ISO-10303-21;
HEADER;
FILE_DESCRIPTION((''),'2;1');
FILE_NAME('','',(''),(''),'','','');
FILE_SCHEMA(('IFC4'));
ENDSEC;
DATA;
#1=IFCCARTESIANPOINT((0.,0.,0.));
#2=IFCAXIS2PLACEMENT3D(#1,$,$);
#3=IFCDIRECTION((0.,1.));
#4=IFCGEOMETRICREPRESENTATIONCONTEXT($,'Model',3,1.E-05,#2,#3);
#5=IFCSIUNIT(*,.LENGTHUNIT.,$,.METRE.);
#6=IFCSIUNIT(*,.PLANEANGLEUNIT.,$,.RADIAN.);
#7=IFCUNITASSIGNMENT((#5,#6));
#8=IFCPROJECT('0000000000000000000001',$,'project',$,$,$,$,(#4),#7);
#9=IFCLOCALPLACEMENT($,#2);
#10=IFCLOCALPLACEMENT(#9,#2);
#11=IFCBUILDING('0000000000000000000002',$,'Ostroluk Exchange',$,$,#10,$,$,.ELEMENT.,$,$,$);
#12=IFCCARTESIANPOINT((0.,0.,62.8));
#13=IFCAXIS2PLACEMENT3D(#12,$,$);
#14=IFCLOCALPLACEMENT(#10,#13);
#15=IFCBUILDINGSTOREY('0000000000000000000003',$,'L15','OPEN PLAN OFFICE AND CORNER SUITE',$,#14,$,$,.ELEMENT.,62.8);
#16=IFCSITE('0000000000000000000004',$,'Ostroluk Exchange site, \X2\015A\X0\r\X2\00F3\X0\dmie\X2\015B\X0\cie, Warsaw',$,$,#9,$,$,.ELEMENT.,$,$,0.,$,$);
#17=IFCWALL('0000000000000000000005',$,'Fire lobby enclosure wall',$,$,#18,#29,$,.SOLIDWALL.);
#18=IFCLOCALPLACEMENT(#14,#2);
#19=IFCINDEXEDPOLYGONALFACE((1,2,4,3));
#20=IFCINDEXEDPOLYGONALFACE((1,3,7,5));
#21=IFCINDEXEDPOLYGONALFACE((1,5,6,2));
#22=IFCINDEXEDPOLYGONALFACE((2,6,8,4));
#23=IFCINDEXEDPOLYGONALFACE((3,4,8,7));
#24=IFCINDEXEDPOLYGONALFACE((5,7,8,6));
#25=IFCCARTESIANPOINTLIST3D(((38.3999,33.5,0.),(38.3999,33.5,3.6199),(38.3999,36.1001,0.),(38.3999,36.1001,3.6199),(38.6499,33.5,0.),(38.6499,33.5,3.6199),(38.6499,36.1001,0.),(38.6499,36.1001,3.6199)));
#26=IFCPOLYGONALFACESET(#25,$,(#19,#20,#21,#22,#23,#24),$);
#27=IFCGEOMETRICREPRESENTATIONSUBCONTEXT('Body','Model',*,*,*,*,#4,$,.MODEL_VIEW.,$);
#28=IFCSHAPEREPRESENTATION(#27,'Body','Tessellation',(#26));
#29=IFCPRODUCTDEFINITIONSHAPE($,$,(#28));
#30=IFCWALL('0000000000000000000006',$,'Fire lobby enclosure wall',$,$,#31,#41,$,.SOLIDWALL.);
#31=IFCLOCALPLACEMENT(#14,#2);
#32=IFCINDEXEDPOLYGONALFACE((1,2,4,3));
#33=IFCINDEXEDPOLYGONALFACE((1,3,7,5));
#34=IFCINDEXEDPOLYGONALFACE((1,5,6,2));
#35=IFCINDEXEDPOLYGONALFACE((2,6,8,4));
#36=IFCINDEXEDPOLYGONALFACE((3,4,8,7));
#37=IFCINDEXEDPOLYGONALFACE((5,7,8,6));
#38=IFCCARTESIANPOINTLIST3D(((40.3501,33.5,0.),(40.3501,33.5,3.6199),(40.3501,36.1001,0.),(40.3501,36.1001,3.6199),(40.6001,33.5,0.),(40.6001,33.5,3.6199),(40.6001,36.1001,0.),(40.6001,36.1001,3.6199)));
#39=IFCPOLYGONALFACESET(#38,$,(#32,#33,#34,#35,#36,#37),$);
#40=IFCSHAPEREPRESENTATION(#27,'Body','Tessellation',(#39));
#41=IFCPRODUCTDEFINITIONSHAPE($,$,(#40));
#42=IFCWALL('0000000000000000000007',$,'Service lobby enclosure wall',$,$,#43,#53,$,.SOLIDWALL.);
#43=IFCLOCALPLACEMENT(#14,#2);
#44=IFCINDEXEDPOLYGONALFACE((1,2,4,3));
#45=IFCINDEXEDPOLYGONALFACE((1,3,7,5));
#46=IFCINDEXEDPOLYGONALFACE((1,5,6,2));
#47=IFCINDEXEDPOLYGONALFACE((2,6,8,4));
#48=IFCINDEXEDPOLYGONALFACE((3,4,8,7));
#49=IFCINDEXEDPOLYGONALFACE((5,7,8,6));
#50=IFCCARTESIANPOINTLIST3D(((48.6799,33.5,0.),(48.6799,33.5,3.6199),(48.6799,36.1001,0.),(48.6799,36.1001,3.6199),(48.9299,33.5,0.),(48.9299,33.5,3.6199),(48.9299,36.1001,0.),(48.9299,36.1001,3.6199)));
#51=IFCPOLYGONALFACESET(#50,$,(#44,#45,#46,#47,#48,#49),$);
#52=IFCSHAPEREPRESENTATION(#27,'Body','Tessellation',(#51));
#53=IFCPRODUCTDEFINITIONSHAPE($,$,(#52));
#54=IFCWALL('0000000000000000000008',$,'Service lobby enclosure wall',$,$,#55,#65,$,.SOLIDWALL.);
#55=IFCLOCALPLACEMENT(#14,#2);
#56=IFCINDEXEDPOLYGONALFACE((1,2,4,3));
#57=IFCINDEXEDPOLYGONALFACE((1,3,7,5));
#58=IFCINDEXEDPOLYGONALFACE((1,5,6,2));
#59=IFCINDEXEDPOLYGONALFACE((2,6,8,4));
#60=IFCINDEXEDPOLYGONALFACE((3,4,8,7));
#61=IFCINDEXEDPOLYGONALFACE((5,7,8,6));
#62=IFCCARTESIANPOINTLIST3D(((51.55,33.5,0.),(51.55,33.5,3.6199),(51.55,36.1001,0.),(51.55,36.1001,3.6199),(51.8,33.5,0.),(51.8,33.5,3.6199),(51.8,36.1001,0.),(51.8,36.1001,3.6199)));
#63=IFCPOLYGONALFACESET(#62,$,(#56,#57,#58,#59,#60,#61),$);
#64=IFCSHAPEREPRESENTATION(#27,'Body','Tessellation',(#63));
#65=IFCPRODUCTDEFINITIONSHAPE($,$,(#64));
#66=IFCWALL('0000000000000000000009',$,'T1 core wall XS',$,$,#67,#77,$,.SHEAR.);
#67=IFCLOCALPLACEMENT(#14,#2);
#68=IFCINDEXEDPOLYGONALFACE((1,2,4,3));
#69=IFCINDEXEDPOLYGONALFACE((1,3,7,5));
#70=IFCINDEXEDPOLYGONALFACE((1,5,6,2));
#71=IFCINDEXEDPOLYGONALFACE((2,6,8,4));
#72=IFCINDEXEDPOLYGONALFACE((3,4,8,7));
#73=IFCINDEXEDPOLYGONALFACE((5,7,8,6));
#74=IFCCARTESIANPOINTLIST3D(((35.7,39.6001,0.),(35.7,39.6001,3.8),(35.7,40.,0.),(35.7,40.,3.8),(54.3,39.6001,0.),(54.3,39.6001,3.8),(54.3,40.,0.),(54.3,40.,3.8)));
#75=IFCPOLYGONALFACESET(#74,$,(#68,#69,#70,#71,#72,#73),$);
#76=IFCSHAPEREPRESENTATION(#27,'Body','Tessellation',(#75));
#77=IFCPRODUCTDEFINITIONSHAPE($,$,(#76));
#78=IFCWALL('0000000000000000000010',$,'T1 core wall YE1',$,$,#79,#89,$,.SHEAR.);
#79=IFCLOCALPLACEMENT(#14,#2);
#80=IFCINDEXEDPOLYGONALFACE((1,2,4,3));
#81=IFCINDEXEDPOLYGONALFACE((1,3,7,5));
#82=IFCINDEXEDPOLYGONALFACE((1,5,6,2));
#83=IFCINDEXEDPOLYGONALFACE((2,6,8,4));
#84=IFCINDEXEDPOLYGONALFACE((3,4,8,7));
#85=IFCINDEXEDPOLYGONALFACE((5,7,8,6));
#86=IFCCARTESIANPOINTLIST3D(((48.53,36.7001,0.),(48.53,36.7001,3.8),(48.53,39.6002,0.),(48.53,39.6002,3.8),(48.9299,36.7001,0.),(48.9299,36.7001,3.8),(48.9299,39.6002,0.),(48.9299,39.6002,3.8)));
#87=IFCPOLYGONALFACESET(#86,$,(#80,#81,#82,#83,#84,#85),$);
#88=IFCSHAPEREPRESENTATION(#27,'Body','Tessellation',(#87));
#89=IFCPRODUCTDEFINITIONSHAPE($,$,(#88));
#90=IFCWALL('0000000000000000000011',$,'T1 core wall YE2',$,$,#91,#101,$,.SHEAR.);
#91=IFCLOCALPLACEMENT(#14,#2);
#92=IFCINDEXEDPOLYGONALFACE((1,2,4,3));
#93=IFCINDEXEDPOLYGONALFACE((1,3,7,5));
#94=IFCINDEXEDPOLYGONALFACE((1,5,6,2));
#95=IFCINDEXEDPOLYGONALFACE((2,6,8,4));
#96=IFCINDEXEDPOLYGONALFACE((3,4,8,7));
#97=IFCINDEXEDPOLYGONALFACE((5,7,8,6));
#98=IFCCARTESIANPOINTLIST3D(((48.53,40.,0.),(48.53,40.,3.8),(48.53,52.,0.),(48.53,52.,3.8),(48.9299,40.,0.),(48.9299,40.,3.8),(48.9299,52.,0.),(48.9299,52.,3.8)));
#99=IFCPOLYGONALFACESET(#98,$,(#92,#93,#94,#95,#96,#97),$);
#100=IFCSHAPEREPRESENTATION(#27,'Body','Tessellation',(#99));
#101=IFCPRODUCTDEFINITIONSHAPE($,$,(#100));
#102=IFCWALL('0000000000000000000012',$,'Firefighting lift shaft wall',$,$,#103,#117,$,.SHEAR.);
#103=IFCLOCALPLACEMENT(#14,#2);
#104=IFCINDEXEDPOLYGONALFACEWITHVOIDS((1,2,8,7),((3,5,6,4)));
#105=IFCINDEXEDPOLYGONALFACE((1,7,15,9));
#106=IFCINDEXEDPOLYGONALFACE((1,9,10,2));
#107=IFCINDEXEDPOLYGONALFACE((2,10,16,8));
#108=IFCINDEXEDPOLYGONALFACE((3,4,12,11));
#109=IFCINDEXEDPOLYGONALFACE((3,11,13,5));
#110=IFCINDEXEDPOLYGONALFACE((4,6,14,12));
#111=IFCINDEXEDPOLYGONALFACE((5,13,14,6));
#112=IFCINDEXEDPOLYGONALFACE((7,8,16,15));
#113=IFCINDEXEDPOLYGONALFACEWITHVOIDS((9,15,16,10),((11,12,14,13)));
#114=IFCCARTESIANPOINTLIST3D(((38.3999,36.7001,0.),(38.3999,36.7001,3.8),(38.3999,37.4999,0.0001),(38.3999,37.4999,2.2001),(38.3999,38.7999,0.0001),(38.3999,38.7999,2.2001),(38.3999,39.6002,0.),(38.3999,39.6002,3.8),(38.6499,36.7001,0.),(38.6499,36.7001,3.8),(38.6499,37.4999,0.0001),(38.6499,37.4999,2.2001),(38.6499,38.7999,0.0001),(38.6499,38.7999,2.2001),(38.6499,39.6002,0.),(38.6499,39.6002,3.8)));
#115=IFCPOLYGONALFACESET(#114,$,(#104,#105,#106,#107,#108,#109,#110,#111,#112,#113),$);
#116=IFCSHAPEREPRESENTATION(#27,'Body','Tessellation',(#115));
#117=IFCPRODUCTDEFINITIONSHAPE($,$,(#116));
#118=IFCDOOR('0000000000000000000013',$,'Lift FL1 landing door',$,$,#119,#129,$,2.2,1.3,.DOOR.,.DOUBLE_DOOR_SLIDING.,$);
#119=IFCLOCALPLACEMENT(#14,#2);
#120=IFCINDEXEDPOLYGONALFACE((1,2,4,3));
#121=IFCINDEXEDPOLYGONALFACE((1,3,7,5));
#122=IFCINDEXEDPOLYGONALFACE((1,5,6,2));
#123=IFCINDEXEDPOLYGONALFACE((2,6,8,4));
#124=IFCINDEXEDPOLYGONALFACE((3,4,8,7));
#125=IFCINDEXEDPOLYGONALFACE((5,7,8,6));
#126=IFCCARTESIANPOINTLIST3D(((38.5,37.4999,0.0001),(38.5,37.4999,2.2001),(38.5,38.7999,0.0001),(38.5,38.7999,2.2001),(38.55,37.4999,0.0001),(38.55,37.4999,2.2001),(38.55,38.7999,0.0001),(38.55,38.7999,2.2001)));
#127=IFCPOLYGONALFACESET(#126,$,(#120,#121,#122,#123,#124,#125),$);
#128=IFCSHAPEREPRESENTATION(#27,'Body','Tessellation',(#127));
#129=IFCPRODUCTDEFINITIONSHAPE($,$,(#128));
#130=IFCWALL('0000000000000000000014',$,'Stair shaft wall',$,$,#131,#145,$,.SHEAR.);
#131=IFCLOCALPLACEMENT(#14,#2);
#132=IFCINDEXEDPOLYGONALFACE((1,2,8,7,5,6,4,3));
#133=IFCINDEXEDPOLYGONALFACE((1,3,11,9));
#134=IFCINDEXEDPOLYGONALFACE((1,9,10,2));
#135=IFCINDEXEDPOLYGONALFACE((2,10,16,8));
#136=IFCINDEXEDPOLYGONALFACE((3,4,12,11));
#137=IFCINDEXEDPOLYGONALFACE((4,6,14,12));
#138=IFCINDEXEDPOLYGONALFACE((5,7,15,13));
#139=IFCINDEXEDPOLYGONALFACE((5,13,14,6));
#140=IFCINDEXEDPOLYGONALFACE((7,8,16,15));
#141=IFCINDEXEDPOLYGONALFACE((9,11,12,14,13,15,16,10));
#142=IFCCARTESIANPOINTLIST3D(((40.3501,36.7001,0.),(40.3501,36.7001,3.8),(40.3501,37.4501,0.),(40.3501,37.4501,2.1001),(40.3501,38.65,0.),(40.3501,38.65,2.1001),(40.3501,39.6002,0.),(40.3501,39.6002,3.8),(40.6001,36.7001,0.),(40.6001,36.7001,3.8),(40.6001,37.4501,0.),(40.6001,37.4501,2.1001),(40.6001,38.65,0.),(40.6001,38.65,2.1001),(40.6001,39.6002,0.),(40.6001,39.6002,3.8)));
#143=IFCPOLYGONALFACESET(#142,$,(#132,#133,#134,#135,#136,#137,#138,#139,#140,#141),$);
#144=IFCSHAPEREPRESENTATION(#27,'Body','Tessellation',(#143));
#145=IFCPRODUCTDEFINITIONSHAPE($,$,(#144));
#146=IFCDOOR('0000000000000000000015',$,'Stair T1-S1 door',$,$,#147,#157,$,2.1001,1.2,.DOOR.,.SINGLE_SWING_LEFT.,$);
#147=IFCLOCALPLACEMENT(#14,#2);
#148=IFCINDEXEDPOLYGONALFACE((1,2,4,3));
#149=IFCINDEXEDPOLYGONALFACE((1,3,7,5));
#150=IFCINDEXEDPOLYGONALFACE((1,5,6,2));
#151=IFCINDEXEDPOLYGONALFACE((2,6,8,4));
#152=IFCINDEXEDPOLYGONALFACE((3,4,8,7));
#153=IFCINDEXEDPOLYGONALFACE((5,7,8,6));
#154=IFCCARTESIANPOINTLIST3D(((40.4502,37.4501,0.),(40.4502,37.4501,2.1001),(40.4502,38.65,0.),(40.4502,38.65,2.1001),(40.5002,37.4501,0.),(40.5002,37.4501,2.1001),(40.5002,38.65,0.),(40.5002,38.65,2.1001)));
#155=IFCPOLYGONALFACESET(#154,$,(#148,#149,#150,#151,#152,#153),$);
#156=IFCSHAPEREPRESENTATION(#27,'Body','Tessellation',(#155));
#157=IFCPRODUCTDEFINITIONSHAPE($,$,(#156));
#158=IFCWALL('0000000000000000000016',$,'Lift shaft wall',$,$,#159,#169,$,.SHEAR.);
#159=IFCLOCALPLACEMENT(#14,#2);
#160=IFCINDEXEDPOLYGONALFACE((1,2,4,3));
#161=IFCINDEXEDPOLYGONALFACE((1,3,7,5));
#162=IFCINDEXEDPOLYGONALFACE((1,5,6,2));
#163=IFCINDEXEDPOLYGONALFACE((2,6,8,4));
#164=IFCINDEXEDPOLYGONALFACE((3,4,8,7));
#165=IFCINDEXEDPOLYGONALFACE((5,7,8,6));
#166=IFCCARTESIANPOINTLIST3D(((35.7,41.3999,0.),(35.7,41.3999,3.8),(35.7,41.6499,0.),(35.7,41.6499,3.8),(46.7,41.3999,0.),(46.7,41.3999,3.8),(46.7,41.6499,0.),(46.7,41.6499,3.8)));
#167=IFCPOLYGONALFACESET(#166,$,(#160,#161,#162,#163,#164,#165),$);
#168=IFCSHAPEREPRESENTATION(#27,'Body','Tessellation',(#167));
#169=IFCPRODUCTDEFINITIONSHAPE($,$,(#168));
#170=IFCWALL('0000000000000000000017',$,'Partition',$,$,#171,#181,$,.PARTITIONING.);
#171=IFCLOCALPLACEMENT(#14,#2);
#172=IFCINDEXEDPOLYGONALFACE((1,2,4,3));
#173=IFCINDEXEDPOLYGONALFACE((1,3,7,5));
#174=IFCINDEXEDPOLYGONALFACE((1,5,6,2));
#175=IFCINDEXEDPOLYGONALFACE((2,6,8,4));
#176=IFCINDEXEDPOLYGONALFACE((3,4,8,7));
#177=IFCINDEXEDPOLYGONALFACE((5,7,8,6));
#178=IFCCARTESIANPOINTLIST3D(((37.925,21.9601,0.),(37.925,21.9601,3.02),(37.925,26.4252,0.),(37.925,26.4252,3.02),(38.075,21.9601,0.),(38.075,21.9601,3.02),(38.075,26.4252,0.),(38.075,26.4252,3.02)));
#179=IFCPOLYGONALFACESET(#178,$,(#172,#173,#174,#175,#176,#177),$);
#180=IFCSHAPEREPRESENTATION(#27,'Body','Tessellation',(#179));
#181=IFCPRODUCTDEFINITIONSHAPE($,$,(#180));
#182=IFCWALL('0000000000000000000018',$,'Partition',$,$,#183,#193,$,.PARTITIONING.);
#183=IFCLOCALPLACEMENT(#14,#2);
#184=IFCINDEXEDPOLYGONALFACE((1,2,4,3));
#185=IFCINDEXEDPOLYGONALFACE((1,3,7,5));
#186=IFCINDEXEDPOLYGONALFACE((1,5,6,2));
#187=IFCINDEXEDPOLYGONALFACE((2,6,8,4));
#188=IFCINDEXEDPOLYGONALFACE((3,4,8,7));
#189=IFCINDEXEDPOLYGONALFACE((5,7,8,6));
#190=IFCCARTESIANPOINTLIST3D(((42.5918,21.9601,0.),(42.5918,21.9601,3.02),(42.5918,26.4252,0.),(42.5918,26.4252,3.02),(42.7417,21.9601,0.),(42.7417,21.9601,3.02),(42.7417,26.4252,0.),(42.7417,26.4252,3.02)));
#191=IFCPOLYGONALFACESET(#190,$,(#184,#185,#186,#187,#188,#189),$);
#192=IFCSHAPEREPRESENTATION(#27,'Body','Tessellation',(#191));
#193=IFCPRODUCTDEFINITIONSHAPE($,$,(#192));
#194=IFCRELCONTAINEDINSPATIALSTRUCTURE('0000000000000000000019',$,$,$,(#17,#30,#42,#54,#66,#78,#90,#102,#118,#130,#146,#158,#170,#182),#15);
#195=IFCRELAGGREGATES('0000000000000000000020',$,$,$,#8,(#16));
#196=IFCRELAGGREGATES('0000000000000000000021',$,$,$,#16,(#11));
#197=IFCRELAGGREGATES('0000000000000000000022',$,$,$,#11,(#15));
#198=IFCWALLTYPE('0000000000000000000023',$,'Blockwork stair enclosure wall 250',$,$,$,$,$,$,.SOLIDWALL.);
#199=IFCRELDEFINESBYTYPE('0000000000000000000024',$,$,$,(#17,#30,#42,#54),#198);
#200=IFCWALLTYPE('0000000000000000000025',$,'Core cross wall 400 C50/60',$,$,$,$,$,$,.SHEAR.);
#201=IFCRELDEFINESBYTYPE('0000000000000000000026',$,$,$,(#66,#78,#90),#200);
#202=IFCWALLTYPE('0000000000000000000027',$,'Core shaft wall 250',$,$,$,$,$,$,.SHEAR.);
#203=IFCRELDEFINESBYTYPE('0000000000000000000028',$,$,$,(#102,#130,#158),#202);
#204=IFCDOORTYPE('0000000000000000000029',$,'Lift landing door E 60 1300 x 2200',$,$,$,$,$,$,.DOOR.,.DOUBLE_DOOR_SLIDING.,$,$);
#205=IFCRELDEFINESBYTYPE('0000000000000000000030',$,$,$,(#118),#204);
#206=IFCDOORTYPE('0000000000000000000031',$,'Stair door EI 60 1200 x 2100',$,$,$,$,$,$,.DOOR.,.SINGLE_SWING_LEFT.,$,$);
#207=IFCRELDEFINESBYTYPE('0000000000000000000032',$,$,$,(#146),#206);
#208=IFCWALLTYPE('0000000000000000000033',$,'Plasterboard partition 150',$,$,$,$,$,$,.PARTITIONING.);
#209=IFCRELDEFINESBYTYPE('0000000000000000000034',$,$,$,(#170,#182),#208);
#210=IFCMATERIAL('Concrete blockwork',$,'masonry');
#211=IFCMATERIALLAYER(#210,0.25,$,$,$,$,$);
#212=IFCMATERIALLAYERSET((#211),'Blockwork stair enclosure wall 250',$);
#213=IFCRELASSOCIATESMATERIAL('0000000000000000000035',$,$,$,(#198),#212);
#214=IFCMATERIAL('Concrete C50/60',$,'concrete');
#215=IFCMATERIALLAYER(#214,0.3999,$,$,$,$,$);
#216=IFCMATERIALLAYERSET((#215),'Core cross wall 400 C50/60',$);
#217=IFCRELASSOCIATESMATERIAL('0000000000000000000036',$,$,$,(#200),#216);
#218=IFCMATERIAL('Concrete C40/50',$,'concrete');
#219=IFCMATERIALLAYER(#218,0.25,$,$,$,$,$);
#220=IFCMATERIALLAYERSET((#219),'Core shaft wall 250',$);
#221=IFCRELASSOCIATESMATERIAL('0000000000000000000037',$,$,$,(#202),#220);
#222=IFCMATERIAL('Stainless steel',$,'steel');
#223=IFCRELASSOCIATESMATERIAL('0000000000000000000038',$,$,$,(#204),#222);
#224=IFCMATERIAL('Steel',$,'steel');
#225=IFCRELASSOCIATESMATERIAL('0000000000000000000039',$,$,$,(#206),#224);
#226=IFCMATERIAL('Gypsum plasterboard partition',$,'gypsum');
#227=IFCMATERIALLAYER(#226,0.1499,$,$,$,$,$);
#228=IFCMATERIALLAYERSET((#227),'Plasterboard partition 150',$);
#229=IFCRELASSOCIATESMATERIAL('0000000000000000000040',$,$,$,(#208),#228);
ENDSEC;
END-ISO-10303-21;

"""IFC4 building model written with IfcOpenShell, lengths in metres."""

from ifc_helpers import new_model, si_unit, direction, frame, frame_2d, origin, place, context, subcontext, project, spatial, rectangle, extrude, material, layer, layer_set, type_object, element, fill, save


model = new_model("IFC4")

# Units and contexts
model_context = context("Model", 3, precision=1e-05, world=origin(), true_north=direction((0.0, 1.0)))
body_context = subcontext(model_context, "Body", "Model", "MODEL_VIEW")
ifc_project = project(units=[si_unit("LENGTHUNIT", "METRE"), si_unit("PLANEANGLEUNIT", "RADIAN")], contexts=[model_context])

# Site, building, storey
site_placement = place(None, origin())
site = spatial("IfcSite", under=ifc_project, at=site_placement, Name="Ostroluk Exchange site, Śródmieście, Warsaw", CompositionType="ELEMENT", RefElevation=0.0)
building_placement = place(site_placement, origin())
building = spatial("IfcBuilding", under=site, at=building_placement, Name="Ostroluk Exchange", CompositionType="ELEMENT")
storey_placement = place(building_placement, frame((0.0, 0.0, 62.8)))
storey = spatial("IfcBuildingStorey", under=building, at=storey_placement, Name="L15", Description="OPEN PLAN OFFICE AND CORNER SUITE", CompositionType="ELEMENT", Elevation=62.8)

# Walls
ifc_material_1 = material(Name="Concrete blockwork", Category="masonry")
ifc_layer_1 = layer(ifc_material_1, 0.25)
ifc_layer_set_1 = layer_set([ifc_layer_1], Name="Blockwork stair enclosure wall 250")
wall_type_1 = type_object("IfcWallType", Name="Blockwork stair enclosure wall 250", PredefinedType="SOLIDWALL", material=ifc_layer_set_1)
for number, where, z_axis, x_axis, name in (
    (1, (38.5249, 33.5, 0.0), (0.0, 0.0, 1.0), (0.0, 1.0, 0.0), "Fire lobby enclosure wall"),
    (2, (40.4751, 33.5, 0.0), (0.0, 0.0, 1.0), (0.0, 1.0, 0.0), "Fire lobby enclosure wall"),
    (3, (48.8049, 33.5, 0.0), (0.0, 0.0, 1.0), (0.0, 1.0, 0.0), "Service lobby enclosure wall"),
    (4, (51.675, 33.5, 0.0), (0.0, 0.0, 1.0), (0.0, 1.0, 0.0), "Service lobby enclosure wall"),
):
    element("IfcWall", number, at=place(storey_placement, frame(where, z_axis=z_axis, x_axis=x_axis)), inside=storey, type_object=wall_type_1, Name=name, PredefinedType="SOLIDWALL", context=body_context, shape_type="SweptSolid", body=[
        extrude(rectangle(XDim=2.6001, YDim=0.25, at=frame_2d((1.3, 0.0))), origin(), (0.0, 0.0, 1.0), 3.6199),
    ])
ifc_material_2 = material(Name="Concrete C50/60", Category="concrete")
ifc_layer_2 = layer(ifc_material_2, 0.3999)
ifc_layer_set_2 = layer_set([ifc_layer_2], Name="Core cross wall 400 C50/60")
wall_type_2 = type_object("IfcWallType", Name="Core cross wall 400 C50/60", PredefinedType="SHEAR", material=ifc_layer_set_2)
wall_1_placement = place(storey_placement, frame((35.7, 39.8, 0.0), z_axis=(0.0, 0.0, 1.0), x_axis=(1.0, 0.0, 0.0)))
element("IfcWall", 5, at=wall_1_placement, inside=storey, type_object=wall_type_2, Name="T1 core wall XS", PredefinedType="SHEAR", context=body_context, shape_type="SweptSolid", body=[
    extrude(rectangle(XDim=18.6001, YDim=0.3999, at=frame_2d((9.3, 0.0))), origin(), (0.0, 0.0, 1.0), 3.8),
])
wall_2_placement = place(storey_placement, frame((48.73, 36.7, 0.0), z_axis=(0.0, 0.0, 1.0), x_axis=(0.0, 1.0, 0.0)))
element("IfcWall", 6, at=wall_2_placement, inside=storey, type_object=wall_type_2, Name="T1 core wall YE1", PredefinedType="SHEAR", context=body_context, shape_type="SweptSolid", body=[
    extrude(rectangle(XDim=2.9001, YDim=0.3999, at=frame_2d((1.4502, 0.0))), origin(), (0.0, 0.0, 1.0), 3.8),
])
wall_3_placement = place(storey_placement, frame((48.73, 40.0, 0.0), z_axis=(0.0, 0.0, 1.0), x_axis=(0.0, 1.0, 0.0)))
element("IfcWall", 7, at=wall_3_placement, inside=storey, type_object=wall_type_2, Name="T1 core wall YE2", PredefinedType="SHEAR", context=body_context, shape_type="SweptSolid", body=[
    extrude(rectangle(XDim=12.0, YDim=0.3999, at=frame_2d((6.0, 0.0))), origin(), (0.0, 0.0, 1.0), 3.8),
])

# Walls, openings, doors
ifc_material_3 = material(Name="Concrete C40/50", Category="concrete")
ifc_layer_3 = layer(ifc_material_3, 0.25)
ifc_layer_set_3 = layer_set([ifc_layer_3], Name="Core shaft wall 250")
wall_type_3 = type_object("IfcWallType", Name="Core shaft wall 250", PredefinedType="SHEAR", material=ifc_layer_set_3)
wall_4_placement = place(storey_placement, frame((38.5249, 36.7, 0.0), z_axis=(0.0, 0.0, 1.0), x_axis=(0.0, 1.0, 0.0)))
wall_4 = element("IfcWall", 8, at=wall_4_placement, inside=storey, type_object=wall_type_3, Name="Firefighting lift shaft wall", PredefinedType="SHEAR", context=body_context, shape_type="SweptSolid", body=[
    extrude(rectangle(XDim=2.9001, YDim=0.25, at=frame_2d((1.4502, 0.0))), origin(), (0.0, 0.0, 1.0), 3.8),
])
opening_1_placement = place(wall_4_placement, frame((0.8, 0.0, 0.0)))
opening_1 = element("IfcOpeningElement", 9, at=opening_1_placement, cuts=wall_4, PredefinedType="OPENING", context=body_context, shape_type="SweptSolid", body=[
    extrude(rectangle(XDim=1.3, YDim=2.2, at=frame_2d((0.6499, 1.1001))), frame((0.0, 0.135, 0.0), z_axis=(0.0, -1.0, 0.0), x_axis=(1.0, 0.0, 0.0)), (0.0, 0.0, 1.0), 0.27),
])
ifc_material_4 = material(Name="Stainless steel", Category="steel")
door_type_1 = type_object("IfcDoorType", Name="Lift landing door E 60 1300 x 2200", OperationType="DOUBLE_DOOR_SLIDING", PredefinedType="DOOR", material=ifc_material_4)
door_1_placement = place(opening_1_placement, origin())
door_1 = element("IfcDoor", 10, at=door_1_placement, inside=storey, type_object=door_type_1, Name="Lift FL1 landing door", OperationType="DOUBLE_DOOR_SLIDING", OverallHeight=2.2, OverallWidth=1.3, PredefinedType="DOOR", context=body_context, shape_type="SweptSolid", body=[
    extrude(rectangle(XDim=1.3, YDim=2.2, at=frame_2d((0.6499, 1.1001))), frame((0.0, 0.0249, 0.0), z_axis=(0.0, -1.0, 0.0), x_axis=(1.0, 0.0, 0.0)), (0.0, 0.0, 1.0), 0.05),
])
fill(opening_1, door_1)
wall_5_placement = place(storey_placement, frame((40.4751, 36.7, 0.0), z_axis=(0.0, 0.0, 1.0), x_axis=(0.0, 1.0, 0.0)))
wall_5 = element("IfcWall", 11, at=wall_5_placement, inside=storey, type_object=wall_type_3, Name="Stair shaft wall", PredefinedType="SHEAR", context=body_context, shape_type="SweptSolid", body=[
    extrude(rectangle(XDim=2.9001, YDim=0.25, at=frame_2d((1.4502, 0.0))), origin(), (0.0, 0.0, 1.0), 3.8),
])
opening_2_placement = place(wall_5_placement, frame((0.75, 0.0, 0.0)))
opening_2 = element("IfcOpeningElement", 12, at=opening_2_placement, cuts=wall_5, PredefinedType="OPENING", context=body_context, shape_type="SweptSolid", body=[
    extrude(rectangle(XDim=1.2, YDim=2.1001, at=frame_2d((0.6001, 1.05))), frame((0.0, 0.135, 0.0), z_axis=(0.0, -1.0, 0.0), x_axis=(1.0, 0.0, 0.0)), (0.0, 0.0, 1.0), 0.27),
])
ifc_material_5 = material(Name="Steel", Category="steel")
door_type_2 = type_object("IfcDoorType", Name="Stair door EI 60 1200 x 2100", OperationType="SINGLE_SWING_LEFT", PredefinedType="DOOR", material=ifc_material_5)
door_2_placement = place(opening_2_placement, origin())
door_2 = element("IfcDoor", 13, at=door_2_placement, inside=storey, type_object=door_type_2, Name="Stair T1-S1 door", OperationType="SINGLE_SWING_LEFT", OverallHeight=2.1001, OverallWidth=1.2, PredefinedType="DOOR", context=body_context, shape_type="SweptSolid", body=[
    extrude(rectangle(XDim=1.2, YDim=2.1001, at=frame_2d((0.6001, 1.05))), frame((0.0, 0.0249, 0.0), z_axis=(0.0, -1.0, 0.0), x_axis=(1.0, 0.0, 0.0)), (0.0, 0.0, 1.0), 0.05),
])
fill(opening_2, door_2)

# Walls
wall_6_placement = place(storey_placement, frame((35.7, 41.5249, 0.0), z_axis=(0.0, 0.0, 1.0), x_axis=(1.0, 0.0, 0.0)))
element("IfcWall", 14, at=wall_6_placement, inside=storey, type_object=wall_type_3, Name="Lift shaft wall", PredefinedType="SHEAR", context=body_context, shape_type="SweptSolid", body=[
    extrude(rectangle(XDim=11.0, YDim=0.25, at=frame_2d((5.5, 0.0))), origin(), (0.0, 0.0, 1.0), 3.8),
])
ifc_material_6 = material(Name="Gypsum plasterboard partition", Category="gypsum")
ifc_layer_4 = layer(ifc_material_6, 0.1499)
ifc_layer_set_4 = layer_set([ifc_layer_4], Name="Plasterboard partition 150")
wall_type_4 = type_object("IfcWallType", Name="Plasterboard partition 150", PredefinedType="PARTITIONING", material=ifc_layer_set_4)
for number, where, z_axis, x_axis, name in (
    (15, (38.0, 26.425, 0.0), (0.0, 0.0, 1.0), (0.0, -1.0, 0.0), "Partition"),
    (16, (42.6667, 26.425, 0.0), (0.0, 0.0, 1.0), (0.0, -1.0, 0.0), "Partition"),
):
    element("IfcWall", number, at=place(storey_placement, frame(where, z_axis=z_axis, x_axis=x_axis)), inside=storey, type_object=wall_type_4, Name=name, PredefinedType="PARTITIONING", context=body_context, shape_type="SweptSolid", body=[
        extrude(rectangle(XDim=4.4651, YDim=0.1499, at=frame_2d((2.2324, 0.0))), origin(), (0.0, 0.0, 1.0), 3.02),
    ])

save(model, "model.ifc")
